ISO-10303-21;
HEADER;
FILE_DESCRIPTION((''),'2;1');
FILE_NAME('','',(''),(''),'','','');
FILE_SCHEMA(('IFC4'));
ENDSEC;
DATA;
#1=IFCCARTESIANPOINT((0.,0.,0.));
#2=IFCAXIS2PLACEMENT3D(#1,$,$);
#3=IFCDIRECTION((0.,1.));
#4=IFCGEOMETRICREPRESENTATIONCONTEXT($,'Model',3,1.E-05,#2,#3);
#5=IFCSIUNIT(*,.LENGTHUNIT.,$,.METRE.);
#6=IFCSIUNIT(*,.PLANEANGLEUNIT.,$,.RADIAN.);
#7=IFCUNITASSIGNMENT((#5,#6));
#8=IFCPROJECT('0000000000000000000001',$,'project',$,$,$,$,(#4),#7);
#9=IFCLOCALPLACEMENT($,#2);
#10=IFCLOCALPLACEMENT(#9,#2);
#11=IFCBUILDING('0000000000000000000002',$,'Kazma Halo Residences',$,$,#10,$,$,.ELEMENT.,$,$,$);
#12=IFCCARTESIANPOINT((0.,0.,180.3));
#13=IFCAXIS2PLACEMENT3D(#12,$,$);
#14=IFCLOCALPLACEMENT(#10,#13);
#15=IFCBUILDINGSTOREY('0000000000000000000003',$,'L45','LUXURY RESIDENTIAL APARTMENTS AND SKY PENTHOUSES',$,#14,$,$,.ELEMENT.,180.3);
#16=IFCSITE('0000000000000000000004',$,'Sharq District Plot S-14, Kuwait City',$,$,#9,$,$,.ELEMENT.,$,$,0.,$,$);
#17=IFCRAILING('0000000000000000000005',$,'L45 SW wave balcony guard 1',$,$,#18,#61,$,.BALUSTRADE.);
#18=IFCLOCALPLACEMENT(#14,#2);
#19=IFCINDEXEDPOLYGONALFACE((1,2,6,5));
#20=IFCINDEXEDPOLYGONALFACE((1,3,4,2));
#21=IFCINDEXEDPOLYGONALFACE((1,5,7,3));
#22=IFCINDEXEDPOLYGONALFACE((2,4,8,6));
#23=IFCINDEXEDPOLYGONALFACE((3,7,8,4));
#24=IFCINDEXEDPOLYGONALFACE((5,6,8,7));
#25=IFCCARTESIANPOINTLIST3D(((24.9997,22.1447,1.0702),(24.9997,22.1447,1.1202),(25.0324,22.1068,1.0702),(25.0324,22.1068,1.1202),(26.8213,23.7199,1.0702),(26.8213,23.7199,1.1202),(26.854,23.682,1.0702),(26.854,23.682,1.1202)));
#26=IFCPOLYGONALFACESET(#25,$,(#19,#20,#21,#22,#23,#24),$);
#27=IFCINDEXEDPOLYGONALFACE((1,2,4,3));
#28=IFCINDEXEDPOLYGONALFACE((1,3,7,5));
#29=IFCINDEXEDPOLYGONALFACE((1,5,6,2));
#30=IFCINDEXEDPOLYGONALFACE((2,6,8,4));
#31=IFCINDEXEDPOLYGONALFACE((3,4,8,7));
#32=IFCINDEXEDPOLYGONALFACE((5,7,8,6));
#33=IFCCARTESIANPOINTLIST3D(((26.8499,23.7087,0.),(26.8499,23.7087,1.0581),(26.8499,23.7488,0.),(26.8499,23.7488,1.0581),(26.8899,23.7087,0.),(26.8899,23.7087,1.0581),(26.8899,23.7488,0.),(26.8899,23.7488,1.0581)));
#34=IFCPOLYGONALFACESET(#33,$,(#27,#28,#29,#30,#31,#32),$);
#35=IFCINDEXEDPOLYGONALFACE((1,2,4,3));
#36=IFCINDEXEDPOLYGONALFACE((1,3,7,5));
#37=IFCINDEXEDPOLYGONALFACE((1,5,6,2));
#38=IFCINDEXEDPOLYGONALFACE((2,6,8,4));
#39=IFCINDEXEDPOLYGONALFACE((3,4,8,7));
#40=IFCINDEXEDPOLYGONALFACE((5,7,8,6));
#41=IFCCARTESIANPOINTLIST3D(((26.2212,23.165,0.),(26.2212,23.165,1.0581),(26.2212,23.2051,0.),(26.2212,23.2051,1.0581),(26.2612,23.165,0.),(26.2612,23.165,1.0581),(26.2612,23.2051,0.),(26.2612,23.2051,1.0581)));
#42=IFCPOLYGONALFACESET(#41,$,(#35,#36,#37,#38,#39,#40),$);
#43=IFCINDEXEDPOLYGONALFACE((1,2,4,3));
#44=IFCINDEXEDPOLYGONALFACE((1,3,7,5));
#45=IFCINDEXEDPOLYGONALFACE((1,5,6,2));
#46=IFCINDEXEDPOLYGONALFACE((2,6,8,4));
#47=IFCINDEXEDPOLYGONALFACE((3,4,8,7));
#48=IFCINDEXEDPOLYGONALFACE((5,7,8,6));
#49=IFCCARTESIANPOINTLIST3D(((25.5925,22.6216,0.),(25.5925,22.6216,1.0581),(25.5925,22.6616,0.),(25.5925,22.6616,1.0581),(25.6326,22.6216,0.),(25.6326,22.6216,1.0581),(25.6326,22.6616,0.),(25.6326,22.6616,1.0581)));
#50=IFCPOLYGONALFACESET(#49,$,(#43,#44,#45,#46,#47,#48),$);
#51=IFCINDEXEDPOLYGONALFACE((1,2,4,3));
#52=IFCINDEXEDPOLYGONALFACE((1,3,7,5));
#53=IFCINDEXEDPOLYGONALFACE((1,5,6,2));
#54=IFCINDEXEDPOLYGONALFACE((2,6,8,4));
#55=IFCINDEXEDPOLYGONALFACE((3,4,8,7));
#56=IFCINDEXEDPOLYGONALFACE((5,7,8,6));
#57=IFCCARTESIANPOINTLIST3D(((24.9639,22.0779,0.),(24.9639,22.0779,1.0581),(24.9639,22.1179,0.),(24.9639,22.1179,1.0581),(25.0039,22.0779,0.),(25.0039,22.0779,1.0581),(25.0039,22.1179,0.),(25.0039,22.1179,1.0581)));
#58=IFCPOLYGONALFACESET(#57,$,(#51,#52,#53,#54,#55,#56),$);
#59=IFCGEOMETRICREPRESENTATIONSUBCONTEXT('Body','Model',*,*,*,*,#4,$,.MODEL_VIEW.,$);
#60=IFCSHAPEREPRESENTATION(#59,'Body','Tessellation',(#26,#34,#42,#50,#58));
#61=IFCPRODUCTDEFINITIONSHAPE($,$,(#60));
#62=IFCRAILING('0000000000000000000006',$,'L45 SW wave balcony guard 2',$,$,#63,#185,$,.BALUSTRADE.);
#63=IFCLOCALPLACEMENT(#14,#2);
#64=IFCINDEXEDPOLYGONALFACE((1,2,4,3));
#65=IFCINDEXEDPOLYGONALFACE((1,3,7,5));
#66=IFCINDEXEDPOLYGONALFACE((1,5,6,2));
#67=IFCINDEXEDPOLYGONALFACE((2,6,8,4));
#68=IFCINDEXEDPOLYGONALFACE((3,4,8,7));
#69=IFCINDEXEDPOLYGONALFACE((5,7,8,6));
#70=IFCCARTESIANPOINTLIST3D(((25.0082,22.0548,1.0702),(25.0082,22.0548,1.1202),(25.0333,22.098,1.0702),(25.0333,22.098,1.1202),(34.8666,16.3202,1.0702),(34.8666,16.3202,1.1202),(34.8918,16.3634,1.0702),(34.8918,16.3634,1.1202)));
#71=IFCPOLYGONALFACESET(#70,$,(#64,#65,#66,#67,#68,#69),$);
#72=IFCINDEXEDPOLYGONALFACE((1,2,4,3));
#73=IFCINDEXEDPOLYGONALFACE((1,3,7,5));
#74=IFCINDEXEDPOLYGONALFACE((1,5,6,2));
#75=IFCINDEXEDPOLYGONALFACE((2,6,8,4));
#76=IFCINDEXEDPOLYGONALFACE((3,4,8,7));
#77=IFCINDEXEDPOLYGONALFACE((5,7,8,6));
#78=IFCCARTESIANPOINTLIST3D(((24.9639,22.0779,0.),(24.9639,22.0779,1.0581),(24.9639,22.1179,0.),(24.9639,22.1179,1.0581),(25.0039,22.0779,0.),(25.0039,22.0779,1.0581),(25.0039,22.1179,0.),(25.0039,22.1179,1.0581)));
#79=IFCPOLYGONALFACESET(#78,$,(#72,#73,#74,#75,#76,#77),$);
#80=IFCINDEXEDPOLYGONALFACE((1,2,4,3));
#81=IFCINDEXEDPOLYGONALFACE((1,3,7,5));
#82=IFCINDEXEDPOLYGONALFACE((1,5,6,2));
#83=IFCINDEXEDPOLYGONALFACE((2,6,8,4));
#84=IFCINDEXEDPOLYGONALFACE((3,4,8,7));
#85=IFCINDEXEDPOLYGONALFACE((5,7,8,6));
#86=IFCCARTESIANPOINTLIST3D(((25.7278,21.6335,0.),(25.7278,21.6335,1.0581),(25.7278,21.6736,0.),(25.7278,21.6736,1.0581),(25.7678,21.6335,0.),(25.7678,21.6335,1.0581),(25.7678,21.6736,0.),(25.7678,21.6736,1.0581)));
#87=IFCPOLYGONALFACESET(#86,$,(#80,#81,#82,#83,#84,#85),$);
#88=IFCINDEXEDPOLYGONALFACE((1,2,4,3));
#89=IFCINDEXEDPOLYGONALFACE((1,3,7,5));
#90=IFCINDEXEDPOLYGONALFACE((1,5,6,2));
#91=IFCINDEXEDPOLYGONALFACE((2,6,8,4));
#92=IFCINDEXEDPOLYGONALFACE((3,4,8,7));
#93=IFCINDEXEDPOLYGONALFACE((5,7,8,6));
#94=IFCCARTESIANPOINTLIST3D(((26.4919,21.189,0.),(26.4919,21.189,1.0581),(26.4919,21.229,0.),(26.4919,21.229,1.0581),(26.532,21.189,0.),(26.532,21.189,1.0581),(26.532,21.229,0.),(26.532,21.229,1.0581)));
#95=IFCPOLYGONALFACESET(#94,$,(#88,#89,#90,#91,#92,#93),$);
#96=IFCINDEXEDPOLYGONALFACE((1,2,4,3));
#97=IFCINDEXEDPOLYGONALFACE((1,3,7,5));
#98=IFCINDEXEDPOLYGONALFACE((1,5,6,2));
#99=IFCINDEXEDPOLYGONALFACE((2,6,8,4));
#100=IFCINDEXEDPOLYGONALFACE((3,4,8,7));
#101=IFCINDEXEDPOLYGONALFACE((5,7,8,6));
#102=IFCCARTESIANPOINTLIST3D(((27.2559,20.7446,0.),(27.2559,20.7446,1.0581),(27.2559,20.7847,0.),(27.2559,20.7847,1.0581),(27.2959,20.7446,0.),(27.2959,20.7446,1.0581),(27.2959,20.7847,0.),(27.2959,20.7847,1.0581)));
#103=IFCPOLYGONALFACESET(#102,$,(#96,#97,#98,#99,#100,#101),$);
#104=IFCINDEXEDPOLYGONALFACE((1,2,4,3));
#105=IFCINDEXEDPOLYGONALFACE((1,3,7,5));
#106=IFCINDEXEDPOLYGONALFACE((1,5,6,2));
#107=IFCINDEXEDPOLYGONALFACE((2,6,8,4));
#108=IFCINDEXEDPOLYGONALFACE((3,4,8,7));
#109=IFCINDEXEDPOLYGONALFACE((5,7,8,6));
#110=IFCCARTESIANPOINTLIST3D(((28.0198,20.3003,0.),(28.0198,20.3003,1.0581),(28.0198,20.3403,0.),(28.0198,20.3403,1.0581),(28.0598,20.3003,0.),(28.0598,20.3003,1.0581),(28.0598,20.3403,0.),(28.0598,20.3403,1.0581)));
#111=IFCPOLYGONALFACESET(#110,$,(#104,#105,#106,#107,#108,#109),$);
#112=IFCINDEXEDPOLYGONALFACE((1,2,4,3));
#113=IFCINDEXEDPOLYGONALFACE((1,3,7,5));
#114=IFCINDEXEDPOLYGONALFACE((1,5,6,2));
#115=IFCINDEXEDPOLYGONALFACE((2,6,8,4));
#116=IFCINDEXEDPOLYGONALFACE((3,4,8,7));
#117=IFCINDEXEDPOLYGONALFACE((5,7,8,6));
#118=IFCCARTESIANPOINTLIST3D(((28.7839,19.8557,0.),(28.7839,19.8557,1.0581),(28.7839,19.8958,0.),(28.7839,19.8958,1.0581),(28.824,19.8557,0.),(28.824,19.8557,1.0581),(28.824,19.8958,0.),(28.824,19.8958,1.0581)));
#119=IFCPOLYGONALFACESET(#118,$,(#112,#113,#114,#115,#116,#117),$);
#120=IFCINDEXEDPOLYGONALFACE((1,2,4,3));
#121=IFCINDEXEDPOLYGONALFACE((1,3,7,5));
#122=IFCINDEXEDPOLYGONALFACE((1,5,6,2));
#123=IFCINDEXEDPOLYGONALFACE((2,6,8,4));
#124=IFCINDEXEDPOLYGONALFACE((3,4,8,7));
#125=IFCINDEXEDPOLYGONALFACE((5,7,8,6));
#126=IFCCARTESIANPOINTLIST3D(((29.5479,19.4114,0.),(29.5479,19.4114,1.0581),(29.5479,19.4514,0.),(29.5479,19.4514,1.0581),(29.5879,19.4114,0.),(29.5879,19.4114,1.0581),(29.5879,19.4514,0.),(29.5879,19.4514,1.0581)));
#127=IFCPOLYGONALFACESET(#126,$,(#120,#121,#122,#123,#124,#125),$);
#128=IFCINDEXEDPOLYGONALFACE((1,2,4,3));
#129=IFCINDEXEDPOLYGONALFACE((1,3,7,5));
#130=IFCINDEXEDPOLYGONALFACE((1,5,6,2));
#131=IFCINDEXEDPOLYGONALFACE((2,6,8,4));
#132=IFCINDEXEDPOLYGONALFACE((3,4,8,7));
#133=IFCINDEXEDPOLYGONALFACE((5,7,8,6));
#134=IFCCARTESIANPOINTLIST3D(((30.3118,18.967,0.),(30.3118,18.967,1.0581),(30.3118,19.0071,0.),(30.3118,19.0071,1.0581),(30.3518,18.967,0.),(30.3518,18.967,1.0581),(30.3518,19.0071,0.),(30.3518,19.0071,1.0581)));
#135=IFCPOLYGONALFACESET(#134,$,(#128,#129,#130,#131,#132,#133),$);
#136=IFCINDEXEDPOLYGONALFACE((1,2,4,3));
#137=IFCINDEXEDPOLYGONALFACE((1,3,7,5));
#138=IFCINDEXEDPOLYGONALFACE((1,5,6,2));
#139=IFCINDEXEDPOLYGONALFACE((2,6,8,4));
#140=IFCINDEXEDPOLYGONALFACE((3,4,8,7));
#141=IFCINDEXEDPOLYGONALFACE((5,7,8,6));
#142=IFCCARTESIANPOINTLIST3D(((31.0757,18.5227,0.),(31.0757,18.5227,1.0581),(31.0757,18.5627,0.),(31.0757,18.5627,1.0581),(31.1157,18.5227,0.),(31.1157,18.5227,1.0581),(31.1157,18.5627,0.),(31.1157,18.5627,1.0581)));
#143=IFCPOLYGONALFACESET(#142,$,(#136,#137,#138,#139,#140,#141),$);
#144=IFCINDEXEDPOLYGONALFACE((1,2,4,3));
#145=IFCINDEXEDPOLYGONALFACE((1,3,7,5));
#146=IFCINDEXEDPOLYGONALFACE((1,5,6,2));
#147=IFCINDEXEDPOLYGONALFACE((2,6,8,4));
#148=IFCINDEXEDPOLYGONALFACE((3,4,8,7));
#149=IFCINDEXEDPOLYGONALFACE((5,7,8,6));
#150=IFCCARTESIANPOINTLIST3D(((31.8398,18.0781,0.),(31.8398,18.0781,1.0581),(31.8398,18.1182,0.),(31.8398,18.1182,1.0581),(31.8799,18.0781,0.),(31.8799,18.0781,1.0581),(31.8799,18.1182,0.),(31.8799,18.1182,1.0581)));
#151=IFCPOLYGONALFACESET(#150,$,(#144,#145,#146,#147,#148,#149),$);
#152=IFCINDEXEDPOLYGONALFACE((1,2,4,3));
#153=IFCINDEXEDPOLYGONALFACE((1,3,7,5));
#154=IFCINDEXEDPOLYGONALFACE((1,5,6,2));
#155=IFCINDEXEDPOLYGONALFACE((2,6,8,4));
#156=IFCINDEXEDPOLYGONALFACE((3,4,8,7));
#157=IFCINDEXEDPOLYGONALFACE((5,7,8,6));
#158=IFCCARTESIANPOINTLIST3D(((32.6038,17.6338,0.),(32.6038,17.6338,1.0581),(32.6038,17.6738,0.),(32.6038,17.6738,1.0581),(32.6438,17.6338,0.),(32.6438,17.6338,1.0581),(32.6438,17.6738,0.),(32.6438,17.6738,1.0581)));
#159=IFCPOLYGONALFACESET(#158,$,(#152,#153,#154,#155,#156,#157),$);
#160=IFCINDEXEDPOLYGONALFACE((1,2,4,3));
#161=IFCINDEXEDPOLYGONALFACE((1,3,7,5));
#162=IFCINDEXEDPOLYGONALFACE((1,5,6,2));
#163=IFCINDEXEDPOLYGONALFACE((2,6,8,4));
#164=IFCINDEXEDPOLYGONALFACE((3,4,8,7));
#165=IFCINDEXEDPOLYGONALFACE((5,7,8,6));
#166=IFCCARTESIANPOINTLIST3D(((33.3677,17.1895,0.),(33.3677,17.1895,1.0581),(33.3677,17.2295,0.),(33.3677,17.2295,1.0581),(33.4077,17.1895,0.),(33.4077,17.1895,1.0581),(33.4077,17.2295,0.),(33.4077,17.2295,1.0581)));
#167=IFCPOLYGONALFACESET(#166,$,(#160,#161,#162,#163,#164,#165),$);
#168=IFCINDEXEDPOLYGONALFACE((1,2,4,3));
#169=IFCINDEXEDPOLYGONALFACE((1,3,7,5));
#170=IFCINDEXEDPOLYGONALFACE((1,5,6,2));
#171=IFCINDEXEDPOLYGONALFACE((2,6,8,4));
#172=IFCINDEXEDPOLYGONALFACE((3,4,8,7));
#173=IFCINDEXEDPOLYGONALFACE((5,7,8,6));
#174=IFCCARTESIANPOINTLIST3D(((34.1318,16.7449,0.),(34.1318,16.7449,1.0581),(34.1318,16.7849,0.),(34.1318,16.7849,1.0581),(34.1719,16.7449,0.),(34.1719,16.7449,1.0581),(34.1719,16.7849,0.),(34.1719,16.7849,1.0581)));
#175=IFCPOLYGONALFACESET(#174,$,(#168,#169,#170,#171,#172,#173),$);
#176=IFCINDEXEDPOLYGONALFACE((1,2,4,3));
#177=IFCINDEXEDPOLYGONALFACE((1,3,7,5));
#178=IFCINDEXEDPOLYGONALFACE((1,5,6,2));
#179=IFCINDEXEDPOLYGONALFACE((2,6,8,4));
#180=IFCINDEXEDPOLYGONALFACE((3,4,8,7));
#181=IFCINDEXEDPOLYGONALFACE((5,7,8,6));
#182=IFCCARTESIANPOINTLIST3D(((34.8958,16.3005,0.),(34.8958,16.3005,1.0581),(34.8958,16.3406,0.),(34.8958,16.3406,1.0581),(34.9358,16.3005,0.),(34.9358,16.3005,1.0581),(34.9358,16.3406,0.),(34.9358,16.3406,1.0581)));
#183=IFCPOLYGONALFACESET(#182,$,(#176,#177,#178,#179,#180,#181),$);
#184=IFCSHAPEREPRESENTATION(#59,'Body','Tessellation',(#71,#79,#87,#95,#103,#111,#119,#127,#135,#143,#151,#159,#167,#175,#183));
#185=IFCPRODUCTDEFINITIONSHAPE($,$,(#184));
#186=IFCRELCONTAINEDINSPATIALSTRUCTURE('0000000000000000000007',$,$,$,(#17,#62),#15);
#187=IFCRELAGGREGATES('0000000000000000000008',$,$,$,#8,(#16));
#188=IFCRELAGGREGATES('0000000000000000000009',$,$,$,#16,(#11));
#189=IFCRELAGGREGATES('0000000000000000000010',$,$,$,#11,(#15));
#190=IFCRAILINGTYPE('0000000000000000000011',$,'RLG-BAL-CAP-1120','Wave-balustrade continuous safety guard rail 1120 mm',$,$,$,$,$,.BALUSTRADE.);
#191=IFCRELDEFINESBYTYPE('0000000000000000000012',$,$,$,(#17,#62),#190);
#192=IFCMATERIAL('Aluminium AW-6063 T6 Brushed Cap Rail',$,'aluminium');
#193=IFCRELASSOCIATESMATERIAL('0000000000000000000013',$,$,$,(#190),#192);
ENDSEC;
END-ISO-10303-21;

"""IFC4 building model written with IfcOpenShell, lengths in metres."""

from ifc_helpers import new_model, si_unit, direction, frame, origin, origin_2d, place, context, subcontext, project, spatial, rectangle, extrude, material, type_object, element, save


model = new_model("IFC4")

# Units and contexts
model_context = context("Model", 3, precision=1e-05, world=origin(), true_north=direction((0.0, 1.0)))
body_context = subcontext(model_context, "Body", "Model", "MODEL_VIEW")
ifc_project = project(units=[si_unit("LENGTHUNIT", "METRE"), si_unit("PLANEANGLEUNIT", "RADIAN")], contexts=[model_context])

# Site, building, storey
site_placement = place(None, origin())
site = spatial("IfcSite", under=ifc_project, at=site_placement, Name="Sharq District Plot S-14, Kuwait City", CompositionType="ELEMENT", RefElevation=0.0)
building_placement = place(site_placement, origin())
building = spatial("IfcBuilding", under=site, at=building_placement, Name="Kazma Halo Residences", CompositionType="ELEMENT")
storey_placement = place(building_placement, frame((0.0, 0.0, 180.3)))
storey = spatial("IfcBuildingStorey", under=building, at=storey_placement, Name="L45", Description="LUXURY RESIDENTIAL APARTMENTS AND SKY PENTHOUSES", CompositionType="ELEMENT", Elevation=180.3)

# Railings
ifc_material_1 = material(Name="Aluminium AW-6063 T6 Brushed Cap Rail", Category="aluminium")
railing_type = type_object("IfcRailingType", Name="RLG-BAL-CAP-1120", Description="Wave-balustrade continuous safety guard rail 1120 mm", PredefinedType="BALUSTRADE", material=ifc_material_1)
railing_1_placement = place(storey_placement, frame((26.8699, 23.7288, 0.0)))
element("IfcRailing", 1, at=railing_1_placement, inside=storey, type_object=railing_type, Name="L45 SW wave balcony guard 1", PredefinedType="BALUSTRADE", context=body_context, shape_type="SweptSolid", body=[
    extrude(rectangle(XDim=0.05, YDim=0.05, at=origin_2d()), frame((-0.0322, -0.0278, 1.0952), z_axis=(-0.756416, -0.654091, 0.0), x_axis=(0.654091, -0.756416, 0.0)), (0.0, 0.0, 1.0), 2.4082),
    extrude(rectangle(XDim=0.04, YDim=0.04, at=origin_2d()), origin(), (0.0, 0.0, 1.0), 1.0581),
    extrude(rectangle(XDim=0.04, YDim=0.04, at=origin_2d()), frame((-0.6287, -0.5437, 0.0)), (0.0, 0.0, 1.0), 1.0581),
    extrude(rectangle(XDim=0.04, YDim=0.04, at=origin_2d()), frame((-1.2573, -1.0872, 0.0)), (0.0, 0.0, 1.0), 1.0581),
    extrude(rectangle(XDim=0.04, YDim=0.04, at=origin_2d()), frame((-1.886, -1.6309, 0.0)), (0.0, 0.0, 1.0), 1.0581),
])
railing_2_placement = place(storey_placement, frame((24.9839, 22.0979, 0.0)))
element("IfcRailing", 2, at=railing_2_placement, inside=storey, type_object=railing_type, Name="L45 SW wave balcony guard 2", PredefinedType="BALUSTRADE", context=body_context, shape_type="SweptSolid", body=[
    extrude(rectangle(XDim=0.05, YDim=0.05, at=origin_2d()), frame((0.0369, -0.0215, 1.0952), z_axis=(0.864394, -0.502815, 0.0), x_axis=(0.502815, 0.864394, 0.0)), (0.0, 0.0, 1.0), 11.405),
    extrude(rectangle(XDim=0.04, YDim=0.04, at=origin_2d()), origin(), (0.0, 0.0, 1.0), 1.0581),
    extrude(rectangle(XDim=0.04, YDim=0.04, at=origin_2d()), frame((0.7639, -0.4443, 0.0)), (0.0, 0.0, 1.0), 1.0581),
    extrude(rectangle(XDim=0.04, YDim=0.04, at=origin_2d()), frame((1.5281, -0.8889, 0.0)), (0.0, 0.0, 1.0), 1.0581),
    extrude(rectangle(XDim=0.04, YDim=0.04, at=origin_2d()), frame((2.292, -1.3333, 0.0)), (0.0, 0.0, 1.0), 1.0581),
    extrude(rectangle(XDim=0.04, YDim=0.04, at=origin_2d()), frame((3.0559, -1.7776, 0.0)), (0.0, 0.0, 1.0), 1.0581),
    extrude(rectangle(XDim=0.04, YDim=0.04, at=origin_2d()), frame((3.8201, -2.2222, 0.0)), (0.0, 0.0, 1.0), 1.0581),
    extrude(rectangle(XDim=0.04, YDim=0.04, at=origin_2d()), frame((4.584, -2.6665, 0.0)), (0.0, 0.0, 1.0), 1.0581),
    extrude(rectangle(XDim=0.04, YDim=0.04, at=origin_2d()), frame((5.3479, -3.1108, 0.0)), (0.0, 0.0, 1.0), 1.0581),
    extrude(rectangle(XDim=0.04, YDim=0.04, at=origin_2d()), frame((6.1118, -3.5552, 0.0)), (0.0, 0.0, 1.0), 1.0581),
    extrude(rectangle(XDim=0.04, YDim=0.04, at=origin_2d()), frame((6.876, -3.9998, 0.0)), (0.0, 0.0, 1.0), 1.0581),
    extrude(rectangle(XDim=0.04, YDim=0.04, at=origin_2d()), frame((7.6399, -4.4441, 0.0)), (0.0, 0.0, 1.0), 1.0581),
    extrude(rectangle(XDim=0.04, YDim=0.04, at=origin_2d()), frame((8.4038, -4.8884, 0.0)), (0.0, 0.0, 1.0), 1.0581),
    extrude(rectangle(XDim=0.04, YDim=0.04, at=origin_2d()), frame((9.168, -5.333, 0.0)), (0.0, 0.0, 1.0), 1.0581),
    extrude(rectangle(XDim=0.04, YDim=0.04, at=origin_2d()), frame((9.9319, -5.7773, 0.0)), (0.0, 0.0, 1.0), 1.0581),
])

save(model, "model.ifc")
